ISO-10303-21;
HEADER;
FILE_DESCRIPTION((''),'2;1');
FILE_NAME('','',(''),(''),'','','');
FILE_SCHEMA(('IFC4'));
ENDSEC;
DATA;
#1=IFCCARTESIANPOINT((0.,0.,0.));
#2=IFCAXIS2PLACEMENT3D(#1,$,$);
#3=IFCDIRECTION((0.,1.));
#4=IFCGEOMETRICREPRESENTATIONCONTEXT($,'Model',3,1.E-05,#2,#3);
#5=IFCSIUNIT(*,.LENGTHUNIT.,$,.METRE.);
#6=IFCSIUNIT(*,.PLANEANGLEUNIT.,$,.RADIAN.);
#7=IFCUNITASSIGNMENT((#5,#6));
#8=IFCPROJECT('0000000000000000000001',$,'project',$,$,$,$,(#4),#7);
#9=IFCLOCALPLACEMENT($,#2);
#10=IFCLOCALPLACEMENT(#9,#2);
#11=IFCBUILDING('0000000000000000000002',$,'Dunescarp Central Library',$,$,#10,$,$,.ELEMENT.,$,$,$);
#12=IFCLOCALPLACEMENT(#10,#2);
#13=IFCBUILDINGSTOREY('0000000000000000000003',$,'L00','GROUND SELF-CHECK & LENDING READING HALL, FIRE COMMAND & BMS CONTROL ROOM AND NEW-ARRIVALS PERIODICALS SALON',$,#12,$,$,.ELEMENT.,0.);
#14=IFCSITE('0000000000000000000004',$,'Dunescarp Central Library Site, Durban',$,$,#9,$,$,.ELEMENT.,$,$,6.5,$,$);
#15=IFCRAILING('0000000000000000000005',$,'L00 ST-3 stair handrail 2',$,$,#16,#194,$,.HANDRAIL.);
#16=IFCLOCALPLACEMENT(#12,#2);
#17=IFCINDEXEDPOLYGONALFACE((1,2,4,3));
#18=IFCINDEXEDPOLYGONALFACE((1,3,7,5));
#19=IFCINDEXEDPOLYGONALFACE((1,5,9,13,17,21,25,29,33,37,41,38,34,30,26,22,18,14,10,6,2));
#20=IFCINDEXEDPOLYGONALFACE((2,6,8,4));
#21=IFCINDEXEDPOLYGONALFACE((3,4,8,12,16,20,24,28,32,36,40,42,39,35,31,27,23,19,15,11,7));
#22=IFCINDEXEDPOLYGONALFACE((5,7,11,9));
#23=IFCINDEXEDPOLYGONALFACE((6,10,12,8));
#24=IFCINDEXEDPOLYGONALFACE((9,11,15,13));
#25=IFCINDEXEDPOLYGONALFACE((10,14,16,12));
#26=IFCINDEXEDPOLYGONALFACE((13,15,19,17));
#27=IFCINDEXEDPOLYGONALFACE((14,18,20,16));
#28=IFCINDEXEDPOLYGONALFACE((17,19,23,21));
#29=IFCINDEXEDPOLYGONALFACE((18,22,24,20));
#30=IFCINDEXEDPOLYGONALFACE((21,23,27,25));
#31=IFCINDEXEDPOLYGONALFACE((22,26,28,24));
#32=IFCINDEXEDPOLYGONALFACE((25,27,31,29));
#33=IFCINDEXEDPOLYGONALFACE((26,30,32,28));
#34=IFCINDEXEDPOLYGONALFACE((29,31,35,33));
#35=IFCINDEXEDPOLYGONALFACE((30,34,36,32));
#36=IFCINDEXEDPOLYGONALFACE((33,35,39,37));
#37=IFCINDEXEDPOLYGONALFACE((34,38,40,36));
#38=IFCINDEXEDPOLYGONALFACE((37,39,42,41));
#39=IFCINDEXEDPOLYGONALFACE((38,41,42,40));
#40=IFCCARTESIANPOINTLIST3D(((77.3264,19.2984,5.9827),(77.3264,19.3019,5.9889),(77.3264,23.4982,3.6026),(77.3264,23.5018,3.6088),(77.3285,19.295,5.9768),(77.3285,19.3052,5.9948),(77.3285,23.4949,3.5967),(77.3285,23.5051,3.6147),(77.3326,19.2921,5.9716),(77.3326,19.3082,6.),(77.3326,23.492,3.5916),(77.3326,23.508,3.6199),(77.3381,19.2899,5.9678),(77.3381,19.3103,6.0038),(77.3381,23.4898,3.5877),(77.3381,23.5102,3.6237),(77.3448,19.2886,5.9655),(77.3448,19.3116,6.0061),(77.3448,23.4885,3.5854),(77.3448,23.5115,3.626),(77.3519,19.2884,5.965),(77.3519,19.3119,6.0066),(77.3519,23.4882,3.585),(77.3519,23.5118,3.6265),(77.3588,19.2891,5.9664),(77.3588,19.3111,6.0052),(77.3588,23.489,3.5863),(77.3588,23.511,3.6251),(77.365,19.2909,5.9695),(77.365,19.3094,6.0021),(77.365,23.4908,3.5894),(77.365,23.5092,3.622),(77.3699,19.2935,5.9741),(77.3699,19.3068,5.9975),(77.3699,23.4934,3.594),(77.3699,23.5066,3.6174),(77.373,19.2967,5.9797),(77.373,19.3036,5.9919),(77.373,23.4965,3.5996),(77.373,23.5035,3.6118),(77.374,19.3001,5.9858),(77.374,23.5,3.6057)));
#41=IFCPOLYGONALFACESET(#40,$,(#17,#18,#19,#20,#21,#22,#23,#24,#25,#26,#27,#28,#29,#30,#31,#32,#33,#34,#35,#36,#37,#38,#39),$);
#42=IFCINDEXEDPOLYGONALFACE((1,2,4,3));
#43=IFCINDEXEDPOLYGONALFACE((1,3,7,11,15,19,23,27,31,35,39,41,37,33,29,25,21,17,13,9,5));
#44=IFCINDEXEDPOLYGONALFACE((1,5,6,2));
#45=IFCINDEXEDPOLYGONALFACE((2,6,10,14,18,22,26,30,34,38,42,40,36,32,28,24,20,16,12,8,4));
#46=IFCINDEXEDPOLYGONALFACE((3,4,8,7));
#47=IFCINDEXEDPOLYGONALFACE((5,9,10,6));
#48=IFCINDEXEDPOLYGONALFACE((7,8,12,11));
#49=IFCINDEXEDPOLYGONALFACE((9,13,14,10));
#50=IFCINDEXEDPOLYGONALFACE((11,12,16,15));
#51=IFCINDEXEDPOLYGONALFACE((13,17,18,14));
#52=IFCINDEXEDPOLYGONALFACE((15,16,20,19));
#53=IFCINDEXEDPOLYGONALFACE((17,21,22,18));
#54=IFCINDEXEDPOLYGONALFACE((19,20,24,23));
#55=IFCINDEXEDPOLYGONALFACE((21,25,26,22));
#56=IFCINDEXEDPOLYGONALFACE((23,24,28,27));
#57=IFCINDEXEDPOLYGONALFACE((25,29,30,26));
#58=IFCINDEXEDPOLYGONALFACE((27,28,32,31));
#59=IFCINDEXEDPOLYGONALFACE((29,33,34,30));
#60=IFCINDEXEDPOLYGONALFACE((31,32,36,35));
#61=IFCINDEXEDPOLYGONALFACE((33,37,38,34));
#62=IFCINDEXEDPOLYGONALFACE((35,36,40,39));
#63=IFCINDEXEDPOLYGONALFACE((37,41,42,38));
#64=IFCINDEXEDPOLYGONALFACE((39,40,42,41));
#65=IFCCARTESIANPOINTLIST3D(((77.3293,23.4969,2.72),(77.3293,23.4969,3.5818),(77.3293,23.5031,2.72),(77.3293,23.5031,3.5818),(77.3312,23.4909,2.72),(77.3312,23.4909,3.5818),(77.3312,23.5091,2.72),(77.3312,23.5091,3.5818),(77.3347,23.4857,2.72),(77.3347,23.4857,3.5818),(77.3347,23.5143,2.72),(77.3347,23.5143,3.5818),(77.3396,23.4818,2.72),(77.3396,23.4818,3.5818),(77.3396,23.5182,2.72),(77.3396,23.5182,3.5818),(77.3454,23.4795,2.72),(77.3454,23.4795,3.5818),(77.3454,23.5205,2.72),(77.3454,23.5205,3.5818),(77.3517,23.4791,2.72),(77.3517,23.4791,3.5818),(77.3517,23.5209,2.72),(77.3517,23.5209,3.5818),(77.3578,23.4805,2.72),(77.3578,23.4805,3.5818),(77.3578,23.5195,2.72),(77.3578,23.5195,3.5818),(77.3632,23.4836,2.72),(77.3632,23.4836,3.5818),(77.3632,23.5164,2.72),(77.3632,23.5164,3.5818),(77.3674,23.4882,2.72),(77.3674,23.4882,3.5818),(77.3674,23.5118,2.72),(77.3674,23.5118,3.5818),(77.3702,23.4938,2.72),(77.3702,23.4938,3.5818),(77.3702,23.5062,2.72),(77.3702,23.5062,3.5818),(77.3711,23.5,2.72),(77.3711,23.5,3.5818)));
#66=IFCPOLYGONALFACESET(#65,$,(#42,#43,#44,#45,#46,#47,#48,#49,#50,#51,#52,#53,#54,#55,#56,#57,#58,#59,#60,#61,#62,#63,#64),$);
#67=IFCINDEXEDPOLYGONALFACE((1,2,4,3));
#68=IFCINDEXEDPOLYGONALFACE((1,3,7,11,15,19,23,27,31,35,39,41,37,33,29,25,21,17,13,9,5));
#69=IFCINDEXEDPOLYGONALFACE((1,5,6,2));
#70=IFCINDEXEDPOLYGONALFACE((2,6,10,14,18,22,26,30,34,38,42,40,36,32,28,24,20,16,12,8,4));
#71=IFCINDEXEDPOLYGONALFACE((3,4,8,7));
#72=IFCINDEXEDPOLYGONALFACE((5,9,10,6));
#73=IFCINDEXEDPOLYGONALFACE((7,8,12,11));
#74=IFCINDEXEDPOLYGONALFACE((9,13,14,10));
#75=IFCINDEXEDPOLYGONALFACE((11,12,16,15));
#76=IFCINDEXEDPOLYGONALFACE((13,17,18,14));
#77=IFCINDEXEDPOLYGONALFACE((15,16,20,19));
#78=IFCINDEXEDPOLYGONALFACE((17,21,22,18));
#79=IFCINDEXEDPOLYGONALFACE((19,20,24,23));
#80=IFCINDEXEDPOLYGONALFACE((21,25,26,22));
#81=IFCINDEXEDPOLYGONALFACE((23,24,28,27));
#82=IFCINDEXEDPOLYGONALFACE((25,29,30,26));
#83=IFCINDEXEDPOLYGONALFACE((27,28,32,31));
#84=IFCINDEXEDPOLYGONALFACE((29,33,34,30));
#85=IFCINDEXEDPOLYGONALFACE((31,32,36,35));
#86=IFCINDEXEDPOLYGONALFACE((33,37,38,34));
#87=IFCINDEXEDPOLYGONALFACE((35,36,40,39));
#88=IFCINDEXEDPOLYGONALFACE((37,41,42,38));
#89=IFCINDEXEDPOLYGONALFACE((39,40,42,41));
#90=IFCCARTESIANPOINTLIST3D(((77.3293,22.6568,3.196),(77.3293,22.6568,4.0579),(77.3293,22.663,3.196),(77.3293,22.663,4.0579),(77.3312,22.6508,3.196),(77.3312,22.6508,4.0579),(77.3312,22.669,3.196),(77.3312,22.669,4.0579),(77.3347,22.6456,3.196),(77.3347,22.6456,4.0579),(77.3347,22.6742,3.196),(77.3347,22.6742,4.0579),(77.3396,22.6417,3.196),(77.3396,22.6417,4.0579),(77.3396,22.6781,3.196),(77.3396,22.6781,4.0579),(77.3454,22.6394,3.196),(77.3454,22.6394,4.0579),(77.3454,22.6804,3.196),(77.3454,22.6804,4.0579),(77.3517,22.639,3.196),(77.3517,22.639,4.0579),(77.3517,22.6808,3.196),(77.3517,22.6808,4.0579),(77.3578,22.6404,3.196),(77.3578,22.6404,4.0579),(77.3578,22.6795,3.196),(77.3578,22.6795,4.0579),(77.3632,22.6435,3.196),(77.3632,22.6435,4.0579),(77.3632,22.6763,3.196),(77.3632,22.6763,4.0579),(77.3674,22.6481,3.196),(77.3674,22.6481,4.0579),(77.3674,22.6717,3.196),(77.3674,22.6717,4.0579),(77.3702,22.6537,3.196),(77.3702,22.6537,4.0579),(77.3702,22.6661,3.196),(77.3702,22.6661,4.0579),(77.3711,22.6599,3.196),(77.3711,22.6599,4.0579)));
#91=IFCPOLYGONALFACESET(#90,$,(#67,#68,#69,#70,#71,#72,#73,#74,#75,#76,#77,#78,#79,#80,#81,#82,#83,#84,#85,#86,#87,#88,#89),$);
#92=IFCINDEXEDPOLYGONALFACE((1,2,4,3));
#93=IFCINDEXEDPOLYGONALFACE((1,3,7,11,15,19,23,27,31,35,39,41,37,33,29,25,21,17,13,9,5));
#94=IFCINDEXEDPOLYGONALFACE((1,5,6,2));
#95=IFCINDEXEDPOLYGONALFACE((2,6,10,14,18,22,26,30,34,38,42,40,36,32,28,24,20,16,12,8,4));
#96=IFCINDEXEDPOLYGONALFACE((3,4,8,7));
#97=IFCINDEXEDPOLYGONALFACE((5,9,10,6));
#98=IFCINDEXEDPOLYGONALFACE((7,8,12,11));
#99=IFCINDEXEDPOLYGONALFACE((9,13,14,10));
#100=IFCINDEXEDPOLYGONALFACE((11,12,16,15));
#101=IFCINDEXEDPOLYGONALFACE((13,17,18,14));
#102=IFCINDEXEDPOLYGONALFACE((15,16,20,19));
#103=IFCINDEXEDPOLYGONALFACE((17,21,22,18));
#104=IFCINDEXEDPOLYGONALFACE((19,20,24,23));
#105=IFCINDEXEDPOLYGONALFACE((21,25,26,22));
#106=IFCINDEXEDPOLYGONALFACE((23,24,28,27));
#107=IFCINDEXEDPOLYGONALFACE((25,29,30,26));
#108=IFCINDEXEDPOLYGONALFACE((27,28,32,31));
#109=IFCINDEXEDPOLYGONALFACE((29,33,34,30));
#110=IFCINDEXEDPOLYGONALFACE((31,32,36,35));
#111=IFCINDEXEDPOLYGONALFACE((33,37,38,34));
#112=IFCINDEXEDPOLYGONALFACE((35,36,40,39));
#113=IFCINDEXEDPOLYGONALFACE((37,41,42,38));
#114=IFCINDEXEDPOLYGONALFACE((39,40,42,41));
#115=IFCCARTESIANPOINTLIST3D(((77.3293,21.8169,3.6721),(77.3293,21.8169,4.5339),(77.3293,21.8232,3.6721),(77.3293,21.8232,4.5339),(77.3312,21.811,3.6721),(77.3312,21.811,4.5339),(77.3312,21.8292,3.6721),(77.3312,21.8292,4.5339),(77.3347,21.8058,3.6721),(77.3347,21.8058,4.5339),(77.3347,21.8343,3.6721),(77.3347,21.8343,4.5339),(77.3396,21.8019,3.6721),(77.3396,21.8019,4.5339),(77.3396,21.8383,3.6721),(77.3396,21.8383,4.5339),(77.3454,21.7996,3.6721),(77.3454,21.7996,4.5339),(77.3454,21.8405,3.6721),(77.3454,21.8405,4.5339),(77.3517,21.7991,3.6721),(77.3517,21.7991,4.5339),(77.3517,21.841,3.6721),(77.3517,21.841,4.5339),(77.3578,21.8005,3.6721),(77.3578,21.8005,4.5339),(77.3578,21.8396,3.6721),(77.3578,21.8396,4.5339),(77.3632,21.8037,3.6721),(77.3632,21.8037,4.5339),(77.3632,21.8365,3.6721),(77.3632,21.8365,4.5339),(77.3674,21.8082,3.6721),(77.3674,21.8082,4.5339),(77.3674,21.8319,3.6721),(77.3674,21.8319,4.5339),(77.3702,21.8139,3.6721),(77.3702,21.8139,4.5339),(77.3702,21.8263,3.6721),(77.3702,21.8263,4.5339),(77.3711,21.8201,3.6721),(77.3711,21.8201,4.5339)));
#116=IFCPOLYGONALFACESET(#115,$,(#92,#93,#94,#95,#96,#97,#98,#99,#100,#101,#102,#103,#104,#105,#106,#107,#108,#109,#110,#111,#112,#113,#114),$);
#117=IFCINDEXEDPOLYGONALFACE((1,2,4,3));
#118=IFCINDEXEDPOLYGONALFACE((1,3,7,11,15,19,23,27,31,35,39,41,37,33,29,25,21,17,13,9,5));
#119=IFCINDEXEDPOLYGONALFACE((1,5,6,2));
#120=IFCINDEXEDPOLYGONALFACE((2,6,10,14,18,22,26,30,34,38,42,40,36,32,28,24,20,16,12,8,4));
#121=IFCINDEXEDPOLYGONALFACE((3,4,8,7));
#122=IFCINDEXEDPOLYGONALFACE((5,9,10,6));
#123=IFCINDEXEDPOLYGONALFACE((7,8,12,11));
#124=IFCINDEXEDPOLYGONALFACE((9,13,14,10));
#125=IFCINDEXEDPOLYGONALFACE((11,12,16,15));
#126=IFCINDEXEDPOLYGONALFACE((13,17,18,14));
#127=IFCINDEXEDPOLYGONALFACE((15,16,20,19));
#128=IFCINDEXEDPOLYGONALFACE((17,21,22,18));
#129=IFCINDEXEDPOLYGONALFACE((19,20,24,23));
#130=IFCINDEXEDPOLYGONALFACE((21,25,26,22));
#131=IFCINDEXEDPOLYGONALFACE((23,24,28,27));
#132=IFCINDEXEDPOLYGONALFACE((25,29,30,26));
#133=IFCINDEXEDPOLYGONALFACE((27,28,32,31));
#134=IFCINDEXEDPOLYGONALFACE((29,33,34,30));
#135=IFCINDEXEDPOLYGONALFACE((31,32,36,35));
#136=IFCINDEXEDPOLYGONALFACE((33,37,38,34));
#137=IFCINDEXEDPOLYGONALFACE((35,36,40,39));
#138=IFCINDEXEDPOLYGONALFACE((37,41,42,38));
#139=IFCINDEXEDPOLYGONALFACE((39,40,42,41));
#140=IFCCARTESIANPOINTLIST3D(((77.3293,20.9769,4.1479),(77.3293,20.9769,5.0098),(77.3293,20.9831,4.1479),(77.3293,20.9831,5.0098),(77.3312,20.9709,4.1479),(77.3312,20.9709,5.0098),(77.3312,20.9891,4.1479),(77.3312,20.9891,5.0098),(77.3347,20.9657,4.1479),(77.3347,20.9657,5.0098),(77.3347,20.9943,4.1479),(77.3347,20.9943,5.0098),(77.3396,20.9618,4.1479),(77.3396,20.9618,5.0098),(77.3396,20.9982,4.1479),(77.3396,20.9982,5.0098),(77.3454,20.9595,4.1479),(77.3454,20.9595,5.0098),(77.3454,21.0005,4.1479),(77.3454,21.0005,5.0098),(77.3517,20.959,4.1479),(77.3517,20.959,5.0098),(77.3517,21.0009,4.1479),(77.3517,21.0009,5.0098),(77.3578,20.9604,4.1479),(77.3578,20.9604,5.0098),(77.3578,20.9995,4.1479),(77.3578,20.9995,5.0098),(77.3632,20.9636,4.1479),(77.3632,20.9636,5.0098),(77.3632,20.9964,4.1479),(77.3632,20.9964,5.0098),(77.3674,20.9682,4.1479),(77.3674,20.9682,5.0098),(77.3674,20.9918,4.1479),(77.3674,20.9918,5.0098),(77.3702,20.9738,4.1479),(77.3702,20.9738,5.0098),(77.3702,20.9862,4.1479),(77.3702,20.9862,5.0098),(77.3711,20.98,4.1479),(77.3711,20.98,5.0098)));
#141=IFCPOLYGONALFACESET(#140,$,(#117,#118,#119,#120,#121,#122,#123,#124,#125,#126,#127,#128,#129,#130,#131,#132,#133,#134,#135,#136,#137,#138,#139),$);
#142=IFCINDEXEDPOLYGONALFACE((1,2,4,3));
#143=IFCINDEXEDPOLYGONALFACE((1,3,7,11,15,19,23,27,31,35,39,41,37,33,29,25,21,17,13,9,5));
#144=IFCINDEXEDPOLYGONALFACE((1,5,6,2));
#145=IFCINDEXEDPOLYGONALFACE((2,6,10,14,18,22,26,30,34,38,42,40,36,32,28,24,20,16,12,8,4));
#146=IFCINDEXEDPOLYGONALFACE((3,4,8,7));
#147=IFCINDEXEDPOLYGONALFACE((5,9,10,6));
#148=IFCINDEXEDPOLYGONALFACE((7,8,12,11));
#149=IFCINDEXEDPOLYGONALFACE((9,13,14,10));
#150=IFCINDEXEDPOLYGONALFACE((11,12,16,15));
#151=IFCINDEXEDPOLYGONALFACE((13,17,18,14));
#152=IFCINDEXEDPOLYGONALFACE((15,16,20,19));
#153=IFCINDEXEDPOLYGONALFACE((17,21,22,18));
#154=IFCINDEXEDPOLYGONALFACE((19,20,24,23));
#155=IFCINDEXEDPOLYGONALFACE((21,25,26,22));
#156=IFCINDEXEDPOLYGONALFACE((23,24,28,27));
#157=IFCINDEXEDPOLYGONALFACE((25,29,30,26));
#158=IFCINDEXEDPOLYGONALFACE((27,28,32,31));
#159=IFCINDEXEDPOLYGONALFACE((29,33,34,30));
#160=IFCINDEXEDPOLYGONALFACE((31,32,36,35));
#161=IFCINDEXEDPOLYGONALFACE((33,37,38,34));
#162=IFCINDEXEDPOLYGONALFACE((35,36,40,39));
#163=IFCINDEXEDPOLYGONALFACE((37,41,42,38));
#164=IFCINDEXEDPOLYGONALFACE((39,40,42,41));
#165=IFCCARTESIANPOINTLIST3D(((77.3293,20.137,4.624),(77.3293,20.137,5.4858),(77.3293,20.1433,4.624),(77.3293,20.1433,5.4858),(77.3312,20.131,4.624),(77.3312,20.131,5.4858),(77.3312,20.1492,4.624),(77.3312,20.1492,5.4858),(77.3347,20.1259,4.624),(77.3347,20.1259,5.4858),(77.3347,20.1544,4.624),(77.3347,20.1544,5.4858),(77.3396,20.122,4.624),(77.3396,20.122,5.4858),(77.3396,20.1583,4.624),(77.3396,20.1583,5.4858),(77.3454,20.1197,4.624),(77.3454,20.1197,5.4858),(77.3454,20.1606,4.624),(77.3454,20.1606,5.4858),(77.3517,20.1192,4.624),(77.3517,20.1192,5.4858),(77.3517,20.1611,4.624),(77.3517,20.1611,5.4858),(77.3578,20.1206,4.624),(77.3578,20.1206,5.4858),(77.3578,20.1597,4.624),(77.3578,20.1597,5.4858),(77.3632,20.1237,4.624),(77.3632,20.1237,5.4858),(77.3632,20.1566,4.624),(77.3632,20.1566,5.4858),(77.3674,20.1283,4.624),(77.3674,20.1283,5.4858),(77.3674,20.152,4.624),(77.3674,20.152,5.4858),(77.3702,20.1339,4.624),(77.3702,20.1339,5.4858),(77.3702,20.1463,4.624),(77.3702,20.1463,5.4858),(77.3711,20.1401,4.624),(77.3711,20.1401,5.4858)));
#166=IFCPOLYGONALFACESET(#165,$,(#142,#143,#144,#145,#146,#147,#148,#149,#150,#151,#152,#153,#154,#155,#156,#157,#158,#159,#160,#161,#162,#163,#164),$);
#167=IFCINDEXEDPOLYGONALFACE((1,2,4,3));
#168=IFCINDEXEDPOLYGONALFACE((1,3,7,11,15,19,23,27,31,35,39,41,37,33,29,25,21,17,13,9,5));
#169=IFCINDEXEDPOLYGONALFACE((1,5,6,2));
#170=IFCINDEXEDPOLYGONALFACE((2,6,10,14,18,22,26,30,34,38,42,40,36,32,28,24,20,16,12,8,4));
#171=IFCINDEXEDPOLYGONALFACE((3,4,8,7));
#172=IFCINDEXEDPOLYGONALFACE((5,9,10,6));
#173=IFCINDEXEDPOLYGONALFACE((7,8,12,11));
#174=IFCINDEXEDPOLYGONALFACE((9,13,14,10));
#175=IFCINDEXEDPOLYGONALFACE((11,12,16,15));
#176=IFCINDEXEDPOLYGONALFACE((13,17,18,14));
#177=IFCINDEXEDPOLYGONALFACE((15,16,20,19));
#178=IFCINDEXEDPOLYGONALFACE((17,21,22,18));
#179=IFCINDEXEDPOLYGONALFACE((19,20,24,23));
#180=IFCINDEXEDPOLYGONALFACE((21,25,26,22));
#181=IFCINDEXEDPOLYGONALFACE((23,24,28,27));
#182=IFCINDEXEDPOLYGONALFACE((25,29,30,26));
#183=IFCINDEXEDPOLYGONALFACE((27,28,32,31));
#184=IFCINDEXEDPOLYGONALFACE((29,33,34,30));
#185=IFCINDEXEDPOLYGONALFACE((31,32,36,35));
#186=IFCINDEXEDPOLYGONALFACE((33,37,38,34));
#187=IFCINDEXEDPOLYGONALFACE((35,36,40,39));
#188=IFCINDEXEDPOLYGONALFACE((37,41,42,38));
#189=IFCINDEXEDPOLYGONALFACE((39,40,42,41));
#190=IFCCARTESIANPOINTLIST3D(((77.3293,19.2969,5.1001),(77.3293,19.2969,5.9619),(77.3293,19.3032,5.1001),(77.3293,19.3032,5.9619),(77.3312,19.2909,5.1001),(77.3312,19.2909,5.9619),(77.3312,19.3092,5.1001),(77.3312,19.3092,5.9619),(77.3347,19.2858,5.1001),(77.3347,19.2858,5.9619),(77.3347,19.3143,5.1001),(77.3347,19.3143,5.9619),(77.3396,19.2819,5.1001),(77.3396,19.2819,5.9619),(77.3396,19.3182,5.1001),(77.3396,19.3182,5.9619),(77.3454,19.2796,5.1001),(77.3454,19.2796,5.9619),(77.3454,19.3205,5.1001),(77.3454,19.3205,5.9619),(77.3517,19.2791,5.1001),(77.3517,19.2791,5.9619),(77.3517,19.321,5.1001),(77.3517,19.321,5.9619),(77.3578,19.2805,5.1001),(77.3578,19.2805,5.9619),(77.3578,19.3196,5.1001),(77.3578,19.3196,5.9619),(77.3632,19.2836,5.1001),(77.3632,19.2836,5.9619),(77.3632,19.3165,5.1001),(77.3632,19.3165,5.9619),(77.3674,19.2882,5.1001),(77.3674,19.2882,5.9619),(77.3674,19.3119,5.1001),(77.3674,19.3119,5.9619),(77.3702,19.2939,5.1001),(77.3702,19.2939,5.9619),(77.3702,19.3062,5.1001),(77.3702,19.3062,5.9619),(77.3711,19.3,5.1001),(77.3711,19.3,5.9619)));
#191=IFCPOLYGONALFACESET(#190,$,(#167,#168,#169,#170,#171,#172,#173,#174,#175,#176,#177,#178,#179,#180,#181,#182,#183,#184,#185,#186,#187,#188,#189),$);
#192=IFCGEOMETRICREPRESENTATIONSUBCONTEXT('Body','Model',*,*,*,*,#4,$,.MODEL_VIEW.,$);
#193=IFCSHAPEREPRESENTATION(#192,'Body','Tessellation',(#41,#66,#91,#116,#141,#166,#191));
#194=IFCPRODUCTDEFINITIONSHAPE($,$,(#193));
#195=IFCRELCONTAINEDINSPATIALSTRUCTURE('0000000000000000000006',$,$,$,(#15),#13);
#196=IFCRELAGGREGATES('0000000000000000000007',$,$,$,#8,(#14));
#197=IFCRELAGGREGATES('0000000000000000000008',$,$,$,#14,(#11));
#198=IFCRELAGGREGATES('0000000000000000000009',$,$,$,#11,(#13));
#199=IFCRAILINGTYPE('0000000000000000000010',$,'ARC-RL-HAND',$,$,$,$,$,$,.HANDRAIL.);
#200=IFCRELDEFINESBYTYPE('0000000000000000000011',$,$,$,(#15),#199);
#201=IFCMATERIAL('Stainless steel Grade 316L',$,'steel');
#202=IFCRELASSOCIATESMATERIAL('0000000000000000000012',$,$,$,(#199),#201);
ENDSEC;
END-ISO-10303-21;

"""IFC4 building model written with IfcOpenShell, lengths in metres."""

from ifc_helpers import new_model, si_unit, direction, frame, origin, origin_2d, place, context, subcontext, project, spatial, circle, extrude, material, type_object, element, save


model = new_model("IFC4")

# Units and contexts
model_context = context("Model", 3, precision=1e-05, world=origin(), true_north=direction((0.0, 1.0)))
body_context = subcontext(model_context, "Body", "Model", "MODEL_VIEW")
ifc_project = project(units=[si_unit("LENGTHUNIT", "METRE"), si_unit("PLANEANGLEUNIT", "RADIAN")], contexts=[model_context])

# Site, building, storey
site_placement = place(None, origin())
site = spatial("IfcSite", under=ifc_project, at=site_placement, Name="Dunescarp Central Library Site, Durban", CompositionType="ELEMENT", RefElevation=6.5)
building_placement = place(site_placement, origin())
building = spatial("IfcBuilding", under=site, at=building_placement, Name="Dunescarp Central Library", CompositionType="ELEMENT")
storey_placement = place(building_placement, origin())
storey = spatial("IfcBuildingStorey", under=building, at=storey_placement, Name="L00", Description="GROUND SELF-CHECK & LENDING READING HALL, FIRE COMMAND & BMS CONTROL ROOM AND NEW-ARRIVALS PERIODICALS SALON", CompositionType="ELEMENT", Elevation=0.0)

# Railing
ifc_material_1 = material(Name="Stainless steel Grade 316L", Category="steel")
railing_type_1 = type_object("IfcRailingType", Name="ARC-RL-HAND", PredefinedType="HANDRAIL", material=ifc_material_1)
railing_1_placement = place(storey_placement, frame((77.3501, 23.5, 2.72)))
element("IfcRailing", 1, at=railing_1_placement, inside=storey, type_object=railing_type_1, Name="L00 ST-3 stair handrail 2", PredefinedType="HANDRAIL", context=body_context, shape_type="SweptSolid", body=[
    extrude(circle(Radius=0.0239, at=origin_2d()), frame((0.0, 0.0, 0.8857), z_axis=(0.0, -0.870008, 0.493037), x_axis=(1.0, 0.0, 0.0)), (0.0, 0.0, 1.0), 4.8274),
    extrude(circle(Radius=0.021, at=origin_2d()), origin(), (0.0, 0.0, 1.0), 0.8618),
    extrude(circle(Radius=0.021, at=origin_2d()), frame((0.0, -0.8401, 0.4761)), (0.0, 0.0, 1.0), 0.8618),
    extrude(circle(Radius=0.021, at=origin_2d()), frame((0.0, -1.6799, 0.9521)), (0.0, 0.0, 1.0), 0.8618),
    extrude(circle(Radius=0.021, at=origin_2d()), frame((0.0, -2.52, 1.428)), (0.0, 0.0, 1.0), 0.8618),
    extrude(circle(Radius=0.021, at=origin_2d()), frame((0.0, -3.3599, 1.9041)), (0.0, 0.0, 1.0), 0.8618),
    extrude(circle(Radius=0.021, at=origin_2d()), frame((0.0, -4.2, 2.3801)), (0.0, 0.0, 1.0), 0.8618),
])

save(model, "model.ifc")
